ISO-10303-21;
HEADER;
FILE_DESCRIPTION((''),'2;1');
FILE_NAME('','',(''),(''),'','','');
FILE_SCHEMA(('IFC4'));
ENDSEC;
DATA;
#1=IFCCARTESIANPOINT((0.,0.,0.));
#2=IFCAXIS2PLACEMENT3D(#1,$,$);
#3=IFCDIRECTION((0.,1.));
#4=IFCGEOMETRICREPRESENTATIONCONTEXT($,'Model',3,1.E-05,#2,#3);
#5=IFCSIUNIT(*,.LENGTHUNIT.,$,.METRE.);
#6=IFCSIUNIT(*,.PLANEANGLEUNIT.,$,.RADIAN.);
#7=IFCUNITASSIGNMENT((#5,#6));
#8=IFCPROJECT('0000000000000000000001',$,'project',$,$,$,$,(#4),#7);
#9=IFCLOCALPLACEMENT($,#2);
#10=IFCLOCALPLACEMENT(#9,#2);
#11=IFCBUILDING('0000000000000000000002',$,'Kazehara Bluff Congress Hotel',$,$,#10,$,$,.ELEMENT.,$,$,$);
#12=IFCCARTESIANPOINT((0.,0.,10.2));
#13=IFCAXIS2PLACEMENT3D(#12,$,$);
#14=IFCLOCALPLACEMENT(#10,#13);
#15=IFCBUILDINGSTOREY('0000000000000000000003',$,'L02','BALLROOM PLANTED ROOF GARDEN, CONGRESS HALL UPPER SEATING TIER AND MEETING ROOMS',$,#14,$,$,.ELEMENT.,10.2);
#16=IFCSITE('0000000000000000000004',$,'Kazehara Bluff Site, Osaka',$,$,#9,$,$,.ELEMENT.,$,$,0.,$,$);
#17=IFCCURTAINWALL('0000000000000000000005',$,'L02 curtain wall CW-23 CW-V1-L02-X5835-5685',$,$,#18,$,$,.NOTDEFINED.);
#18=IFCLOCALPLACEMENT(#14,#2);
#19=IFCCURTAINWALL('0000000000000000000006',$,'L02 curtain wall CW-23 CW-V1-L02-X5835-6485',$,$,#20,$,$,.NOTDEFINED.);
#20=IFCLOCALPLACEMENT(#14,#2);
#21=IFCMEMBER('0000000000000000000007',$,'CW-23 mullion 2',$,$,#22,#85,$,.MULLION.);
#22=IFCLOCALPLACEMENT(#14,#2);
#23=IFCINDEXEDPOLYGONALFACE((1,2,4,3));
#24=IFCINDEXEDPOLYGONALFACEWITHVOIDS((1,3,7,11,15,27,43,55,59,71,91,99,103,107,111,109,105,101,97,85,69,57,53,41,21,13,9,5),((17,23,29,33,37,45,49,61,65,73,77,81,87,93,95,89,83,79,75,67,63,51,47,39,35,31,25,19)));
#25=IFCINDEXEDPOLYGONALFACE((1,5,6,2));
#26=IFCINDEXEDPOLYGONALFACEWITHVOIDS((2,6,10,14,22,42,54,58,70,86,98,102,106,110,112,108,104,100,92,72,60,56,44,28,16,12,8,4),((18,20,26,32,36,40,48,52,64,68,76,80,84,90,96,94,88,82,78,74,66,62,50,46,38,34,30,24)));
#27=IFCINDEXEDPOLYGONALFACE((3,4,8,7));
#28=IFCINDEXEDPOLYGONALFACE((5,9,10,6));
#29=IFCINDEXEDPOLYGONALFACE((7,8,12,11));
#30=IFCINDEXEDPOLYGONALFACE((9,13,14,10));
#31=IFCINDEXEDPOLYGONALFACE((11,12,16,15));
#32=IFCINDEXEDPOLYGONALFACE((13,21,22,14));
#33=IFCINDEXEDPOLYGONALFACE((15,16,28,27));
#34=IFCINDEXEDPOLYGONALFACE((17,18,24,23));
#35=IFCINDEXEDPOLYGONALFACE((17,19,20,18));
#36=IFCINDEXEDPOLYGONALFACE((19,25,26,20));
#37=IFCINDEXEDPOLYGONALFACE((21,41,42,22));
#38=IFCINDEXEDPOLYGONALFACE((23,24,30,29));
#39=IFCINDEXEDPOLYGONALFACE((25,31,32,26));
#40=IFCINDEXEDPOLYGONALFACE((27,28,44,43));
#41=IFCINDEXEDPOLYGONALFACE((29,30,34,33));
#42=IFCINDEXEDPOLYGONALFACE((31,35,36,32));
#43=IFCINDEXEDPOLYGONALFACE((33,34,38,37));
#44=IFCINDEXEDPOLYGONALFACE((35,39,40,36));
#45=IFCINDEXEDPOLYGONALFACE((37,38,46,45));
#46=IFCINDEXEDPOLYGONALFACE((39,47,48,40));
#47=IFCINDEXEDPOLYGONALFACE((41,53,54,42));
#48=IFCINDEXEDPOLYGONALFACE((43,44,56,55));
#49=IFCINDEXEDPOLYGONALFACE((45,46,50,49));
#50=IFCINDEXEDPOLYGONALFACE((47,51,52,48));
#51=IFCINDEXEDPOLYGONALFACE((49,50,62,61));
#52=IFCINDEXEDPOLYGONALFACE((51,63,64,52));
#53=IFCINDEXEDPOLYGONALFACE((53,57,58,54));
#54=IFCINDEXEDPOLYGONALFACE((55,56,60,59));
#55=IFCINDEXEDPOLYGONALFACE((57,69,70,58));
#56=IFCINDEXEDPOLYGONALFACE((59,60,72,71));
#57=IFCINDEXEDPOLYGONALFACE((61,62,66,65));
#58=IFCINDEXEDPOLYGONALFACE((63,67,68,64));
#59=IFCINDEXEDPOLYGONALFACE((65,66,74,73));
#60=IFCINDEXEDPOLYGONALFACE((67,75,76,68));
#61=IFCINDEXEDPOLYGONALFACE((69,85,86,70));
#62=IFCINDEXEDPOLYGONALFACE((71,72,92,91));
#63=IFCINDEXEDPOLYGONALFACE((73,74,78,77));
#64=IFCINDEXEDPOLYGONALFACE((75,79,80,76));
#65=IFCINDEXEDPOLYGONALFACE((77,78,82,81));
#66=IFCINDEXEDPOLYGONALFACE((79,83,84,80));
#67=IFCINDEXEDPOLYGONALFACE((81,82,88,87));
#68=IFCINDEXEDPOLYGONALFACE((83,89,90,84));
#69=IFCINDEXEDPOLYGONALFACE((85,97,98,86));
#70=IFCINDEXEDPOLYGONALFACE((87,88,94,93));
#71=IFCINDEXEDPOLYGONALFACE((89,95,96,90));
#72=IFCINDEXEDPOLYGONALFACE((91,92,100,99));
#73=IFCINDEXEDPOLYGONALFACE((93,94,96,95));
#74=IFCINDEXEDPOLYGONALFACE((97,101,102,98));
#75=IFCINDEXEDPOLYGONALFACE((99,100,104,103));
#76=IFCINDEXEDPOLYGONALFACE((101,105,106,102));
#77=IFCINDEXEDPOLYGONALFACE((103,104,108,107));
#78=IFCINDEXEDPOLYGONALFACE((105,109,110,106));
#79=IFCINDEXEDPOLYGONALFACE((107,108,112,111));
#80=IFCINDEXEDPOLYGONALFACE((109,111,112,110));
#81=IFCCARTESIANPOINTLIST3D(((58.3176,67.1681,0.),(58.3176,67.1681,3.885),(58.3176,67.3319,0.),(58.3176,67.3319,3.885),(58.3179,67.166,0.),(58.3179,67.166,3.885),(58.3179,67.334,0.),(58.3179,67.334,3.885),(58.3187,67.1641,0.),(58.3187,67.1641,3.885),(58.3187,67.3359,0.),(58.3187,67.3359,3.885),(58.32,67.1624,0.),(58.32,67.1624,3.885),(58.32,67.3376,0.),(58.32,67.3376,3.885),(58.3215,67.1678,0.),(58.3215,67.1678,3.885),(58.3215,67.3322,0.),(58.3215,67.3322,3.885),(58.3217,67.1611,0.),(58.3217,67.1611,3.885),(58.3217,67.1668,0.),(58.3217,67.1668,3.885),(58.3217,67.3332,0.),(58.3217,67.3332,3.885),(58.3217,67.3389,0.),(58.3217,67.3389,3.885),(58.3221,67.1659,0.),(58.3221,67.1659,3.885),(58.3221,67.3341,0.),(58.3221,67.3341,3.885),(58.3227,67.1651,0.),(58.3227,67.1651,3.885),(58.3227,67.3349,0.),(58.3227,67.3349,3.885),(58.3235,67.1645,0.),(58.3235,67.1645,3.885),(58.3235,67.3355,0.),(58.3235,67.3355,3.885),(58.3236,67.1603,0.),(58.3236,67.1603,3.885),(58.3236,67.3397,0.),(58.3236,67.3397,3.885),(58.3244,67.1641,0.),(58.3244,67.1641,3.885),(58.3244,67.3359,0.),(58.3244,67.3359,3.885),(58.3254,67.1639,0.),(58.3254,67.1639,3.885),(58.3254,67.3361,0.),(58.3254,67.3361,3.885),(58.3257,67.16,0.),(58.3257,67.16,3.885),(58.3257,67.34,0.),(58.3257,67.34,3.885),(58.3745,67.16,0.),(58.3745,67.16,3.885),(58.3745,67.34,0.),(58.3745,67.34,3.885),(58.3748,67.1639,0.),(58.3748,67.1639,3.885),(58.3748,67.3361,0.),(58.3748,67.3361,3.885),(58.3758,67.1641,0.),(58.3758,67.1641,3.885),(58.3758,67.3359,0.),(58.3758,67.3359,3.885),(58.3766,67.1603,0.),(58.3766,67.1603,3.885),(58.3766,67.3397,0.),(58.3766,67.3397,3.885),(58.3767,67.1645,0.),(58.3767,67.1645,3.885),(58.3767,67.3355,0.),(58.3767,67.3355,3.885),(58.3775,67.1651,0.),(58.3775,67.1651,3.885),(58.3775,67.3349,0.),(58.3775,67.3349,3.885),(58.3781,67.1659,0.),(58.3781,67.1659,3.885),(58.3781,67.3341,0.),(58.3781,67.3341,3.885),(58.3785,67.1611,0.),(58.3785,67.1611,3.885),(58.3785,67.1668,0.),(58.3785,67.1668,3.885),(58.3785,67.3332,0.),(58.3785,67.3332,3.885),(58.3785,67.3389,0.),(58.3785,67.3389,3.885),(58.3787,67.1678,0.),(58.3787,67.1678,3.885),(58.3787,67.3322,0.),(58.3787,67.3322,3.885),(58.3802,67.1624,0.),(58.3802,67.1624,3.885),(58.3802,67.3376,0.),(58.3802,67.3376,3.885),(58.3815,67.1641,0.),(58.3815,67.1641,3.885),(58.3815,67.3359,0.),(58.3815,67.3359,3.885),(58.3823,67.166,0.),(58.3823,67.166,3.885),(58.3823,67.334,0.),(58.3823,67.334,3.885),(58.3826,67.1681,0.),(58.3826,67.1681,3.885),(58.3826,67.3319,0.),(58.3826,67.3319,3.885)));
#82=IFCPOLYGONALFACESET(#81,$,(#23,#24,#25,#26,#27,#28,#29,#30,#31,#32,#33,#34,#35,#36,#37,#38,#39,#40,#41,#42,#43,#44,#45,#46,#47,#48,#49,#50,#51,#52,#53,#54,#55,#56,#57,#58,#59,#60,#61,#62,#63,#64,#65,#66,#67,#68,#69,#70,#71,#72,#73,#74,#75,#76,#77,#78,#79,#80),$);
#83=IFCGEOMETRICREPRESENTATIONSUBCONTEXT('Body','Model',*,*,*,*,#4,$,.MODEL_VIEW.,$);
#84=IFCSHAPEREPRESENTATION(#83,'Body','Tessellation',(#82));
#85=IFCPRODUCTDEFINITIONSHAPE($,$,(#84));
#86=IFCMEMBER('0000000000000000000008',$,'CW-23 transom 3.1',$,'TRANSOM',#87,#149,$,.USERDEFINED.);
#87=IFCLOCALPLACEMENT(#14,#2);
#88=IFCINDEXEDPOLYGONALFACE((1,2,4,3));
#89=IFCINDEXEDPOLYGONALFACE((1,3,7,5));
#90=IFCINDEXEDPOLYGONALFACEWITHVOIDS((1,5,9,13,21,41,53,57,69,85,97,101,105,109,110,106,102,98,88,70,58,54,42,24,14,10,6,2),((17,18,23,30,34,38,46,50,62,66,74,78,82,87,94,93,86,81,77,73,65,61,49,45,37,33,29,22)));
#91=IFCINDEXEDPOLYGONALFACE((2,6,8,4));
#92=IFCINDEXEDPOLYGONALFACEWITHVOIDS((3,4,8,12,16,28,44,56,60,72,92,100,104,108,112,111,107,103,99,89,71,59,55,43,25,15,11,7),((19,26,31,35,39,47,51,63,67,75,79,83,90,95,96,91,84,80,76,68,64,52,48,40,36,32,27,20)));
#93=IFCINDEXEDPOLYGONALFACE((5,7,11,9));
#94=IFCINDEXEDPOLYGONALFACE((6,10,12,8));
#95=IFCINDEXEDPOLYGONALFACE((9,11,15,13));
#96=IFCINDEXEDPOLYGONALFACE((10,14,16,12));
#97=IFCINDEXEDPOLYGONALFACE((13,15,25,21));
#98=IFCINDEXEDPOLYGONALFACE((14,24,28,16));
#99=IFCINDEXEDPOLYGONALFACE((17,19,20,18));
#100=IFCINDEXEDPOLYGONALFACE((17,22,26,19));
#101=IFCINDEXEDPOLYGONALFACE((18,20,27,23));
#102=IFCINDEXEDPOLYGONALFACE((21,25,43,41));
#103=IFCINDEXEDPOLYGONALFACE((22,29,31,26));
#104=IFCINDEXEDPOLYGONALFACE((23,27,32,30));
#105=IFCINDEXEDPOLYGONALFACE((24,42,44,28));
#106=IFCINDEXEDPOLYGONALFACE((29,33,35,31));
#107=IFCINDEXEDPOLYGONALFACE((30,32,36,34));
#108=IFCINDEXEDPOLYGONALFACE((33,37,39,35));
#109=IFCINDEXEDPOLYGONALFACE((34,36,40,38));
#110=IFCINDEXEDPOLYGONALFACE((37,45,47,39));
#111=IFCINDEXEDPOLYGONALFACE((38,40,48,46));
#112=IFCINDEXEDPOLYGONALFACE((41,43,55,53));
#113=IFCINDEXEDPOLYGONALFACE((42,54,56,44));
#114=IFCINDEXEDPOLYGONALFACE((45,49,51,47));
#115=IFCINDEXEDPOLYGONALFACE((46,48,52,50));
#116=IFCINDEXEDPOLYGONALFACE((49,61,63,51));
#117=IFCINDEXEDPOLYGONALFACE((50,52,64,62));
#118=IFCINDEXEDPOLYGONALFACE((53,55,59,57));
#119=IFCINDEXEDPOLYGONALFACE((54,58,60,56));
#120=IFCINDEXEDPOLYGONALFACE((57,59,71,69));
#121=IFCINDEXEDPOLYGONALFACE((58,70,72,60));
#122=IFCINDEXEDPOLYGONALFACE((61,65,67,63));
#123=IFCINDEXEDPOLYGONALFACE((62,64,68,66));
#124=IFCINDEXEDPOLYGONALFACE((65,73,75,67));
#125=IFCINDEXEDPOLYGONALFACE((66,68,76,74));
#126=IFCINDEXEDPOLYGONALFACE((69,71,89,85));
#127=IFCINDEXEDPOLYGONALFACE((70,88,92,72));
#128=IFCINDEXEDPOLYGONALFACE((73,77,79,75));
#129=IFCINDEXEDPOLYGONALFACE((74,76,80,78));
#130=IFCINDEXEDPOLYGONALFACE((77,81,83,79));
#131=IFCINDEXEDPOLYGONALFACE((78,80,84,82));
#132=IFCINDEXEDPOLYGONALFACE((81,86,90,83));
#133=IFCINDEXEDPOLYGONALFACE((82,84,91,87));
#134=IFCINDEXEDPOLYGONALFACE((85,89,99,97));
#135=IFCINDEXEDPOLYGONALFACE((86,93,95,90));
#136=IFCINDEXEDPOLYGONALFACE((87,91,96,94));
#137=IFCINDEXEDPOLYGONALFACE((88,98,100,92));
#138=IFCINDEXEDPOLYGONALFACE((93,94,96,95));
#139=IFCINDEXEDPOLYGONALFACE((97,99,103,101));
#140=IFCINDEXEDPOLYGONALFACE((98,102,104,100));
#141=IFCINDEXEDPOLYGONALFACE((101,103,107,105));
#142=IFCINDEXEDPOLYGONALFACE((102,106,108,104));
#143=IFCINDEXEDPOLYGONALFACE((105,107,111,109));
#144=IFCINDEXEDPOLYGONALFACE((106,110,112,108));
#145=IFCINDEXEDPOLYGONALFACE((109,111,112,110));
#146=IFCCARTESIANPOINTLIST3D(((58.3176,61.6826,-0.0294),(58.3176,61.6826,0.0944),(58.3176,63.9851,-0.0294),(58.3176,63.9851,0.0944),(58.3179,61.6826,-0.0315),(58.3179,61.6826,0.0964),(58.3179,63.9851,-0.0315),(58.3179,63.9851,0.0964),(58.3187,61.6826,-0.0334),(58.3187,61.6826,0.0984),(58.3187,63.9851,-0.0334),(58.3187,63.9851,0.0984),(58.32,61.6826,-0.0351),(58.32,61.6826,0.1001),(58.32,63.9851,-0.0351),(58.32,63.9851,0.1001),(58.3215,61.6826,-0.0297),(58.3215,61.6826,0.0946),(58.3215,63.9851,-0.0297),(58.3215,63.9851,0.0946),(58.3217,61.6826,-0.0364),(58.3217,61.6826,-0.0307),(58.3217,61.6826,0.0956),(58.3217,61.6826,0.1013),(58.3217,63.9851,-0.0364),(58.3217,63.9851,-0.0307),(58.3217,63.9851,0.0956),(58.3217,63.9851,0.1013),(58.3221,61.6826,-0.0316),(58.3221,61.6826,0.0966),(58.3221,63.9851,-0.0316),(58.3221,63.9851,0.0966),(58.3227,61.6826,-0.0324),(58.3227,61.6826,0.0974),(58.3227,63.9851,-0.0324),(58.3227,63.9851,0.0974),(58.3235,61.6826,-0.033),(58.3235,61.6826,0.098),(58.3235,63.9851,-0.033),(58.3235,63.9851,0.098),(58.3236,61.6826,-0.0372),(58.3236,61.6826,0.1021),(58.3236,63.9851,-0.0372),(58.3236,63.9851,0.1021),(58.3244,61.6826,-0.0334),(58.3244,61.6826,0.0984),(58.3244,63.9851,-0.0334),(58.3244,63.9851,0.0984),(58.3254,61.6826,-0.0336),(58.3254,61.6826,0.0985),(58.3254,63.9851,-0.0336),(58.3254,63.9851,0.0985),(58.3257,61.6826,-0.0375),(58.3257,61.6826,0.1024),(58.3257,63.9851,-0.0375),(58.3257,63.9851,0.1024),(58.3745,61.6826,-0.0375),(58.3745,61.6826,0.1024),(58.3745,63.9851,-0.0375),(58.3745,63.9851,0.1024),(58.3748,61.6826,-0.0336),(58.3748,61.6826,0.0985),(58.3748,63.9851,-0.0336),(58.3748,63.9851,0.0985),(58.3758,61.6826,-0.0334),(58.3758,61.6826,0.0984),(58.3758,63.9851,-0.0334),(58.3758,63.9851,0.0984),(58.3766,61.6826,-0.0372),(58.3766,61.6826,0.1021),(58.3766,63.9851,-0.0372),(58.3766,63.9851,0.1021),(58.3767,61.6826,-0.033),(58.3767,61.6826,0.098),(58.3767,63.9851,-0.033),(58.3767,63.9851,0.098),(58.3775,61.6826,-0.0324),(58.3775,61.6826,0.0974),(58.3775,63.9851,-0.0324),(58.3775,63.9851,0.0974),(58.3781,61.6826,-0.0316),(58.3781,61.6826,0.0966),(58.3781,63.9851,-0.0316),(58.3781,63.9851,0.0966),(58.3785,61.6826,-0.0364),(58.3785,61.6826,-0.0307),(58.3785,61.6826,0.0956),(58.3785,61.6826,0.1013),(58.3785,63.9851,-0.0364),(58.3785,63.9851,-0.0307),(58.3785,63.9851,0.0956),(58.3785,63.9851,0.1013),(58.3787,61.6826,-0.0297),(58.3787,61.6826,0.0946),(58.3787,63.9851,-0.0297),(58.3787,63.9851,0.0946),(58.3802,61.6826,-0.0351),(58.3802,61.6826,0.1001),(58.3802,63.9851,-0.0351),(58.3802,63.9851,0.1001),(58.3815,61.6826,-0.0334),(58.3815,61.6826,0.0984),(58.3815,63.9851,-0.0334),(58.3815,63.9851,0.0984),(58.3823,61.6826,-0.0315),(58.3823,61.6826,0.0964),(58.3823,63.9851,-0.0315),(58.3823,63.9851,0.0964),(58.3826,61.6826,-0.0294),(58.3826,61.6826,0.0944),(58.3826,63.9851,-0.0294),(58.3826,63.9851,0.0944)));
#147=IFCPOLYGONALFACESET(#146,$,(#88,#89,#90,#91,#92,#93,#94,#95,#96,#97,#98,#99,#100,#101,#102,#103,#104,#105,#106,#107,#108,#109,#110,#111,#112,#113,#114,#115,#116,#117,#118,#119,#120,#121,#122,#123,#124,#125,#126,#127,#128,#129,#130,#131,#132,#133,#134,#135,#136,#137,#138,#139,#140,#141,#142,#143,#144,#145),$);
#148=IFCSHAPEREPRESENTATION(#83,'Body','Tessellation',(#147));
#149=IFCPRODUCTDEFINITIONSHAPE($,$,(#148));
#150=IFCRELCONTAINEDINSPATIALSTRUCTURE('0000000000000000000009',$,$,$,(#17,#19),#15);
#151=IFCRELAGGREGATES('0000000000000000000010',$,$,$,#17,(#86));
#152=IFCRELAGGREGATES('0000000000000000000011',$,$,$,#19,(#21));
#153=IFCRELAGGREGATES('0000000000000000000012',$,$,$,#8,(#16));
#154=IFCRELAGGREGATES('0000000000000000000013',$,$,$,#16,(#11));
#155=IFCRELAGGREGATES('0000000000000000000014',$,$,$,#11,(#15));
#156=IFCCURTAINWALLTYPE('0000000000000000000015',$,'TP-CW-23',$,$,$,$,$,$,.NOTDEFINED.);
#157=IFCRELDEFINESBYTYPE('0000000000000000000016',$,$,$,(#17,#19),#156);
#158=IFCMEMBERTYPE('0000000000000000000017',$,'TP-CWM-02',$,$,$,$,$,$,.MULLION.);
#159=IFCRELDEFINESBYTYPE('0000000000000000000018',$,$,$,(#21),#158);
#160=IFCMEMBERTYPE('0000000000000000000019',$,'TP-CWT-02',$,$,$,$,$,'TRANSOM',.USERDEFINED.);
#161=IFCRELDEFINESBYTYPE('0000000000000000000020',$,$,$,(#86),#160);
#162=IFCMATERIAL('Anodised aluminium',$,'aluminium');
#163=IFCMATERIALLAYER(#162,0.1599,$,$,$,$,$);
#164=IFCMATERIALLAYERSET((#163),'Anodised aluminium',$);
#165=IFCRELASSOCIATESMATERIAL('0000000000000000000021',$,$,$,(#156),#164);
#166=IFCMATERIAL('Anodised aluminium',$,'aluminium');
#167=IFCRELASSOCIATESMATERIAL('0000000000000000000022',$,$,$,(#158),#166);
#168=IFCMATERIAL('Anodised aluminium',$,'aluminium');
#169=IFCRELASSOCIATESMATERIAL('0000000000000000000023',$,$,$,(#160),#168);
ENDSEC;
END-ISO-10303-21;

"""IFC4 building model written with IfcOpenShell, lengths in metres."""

from ifc_helpers import new_model, si_unit, direction, frame, origin, origin_2d, place, context, subcontext, project, spatial, hollow_rectangle, extrude, material, layer, layer_set, material_profile, profile_set, type_object, element, aggregate, save


model = new_model("IFC4")

# Units and contexts
model_context = context("Model", 3, precision=1e-05, world=origin(), true_north=direction((0.0, 1.0)))
body_context = subcontext(model_context, "Body", "Model", "MODEL_VIEW")
ifc_project = project(units=[si_unit("LENGTHUNIT", "METRE"), si_unit("PLANEANGLEUNIT", "RADIAN")], contexts=[model_context])

# Site, building, storey
site_placement = place(None, origin())
site = spatial("IfcSite", under=ifc_project, at=site_placement, Name="Kazehara Bluff Site, Osaka", CompositionType="ELEMENT", RefElevation=0.0)
building_placement = place(site_placement, origin())
building = spatial("IfcBuilding", under=site, at=building_placement, Name="Kazehara Bluff Congress Hotel", CompositionType="ELEMENT")
storey_placement = place(building_placement, frame((0.0, 0.0, 10.2)))
storey = spatial("IfcBuildingStorey", under=building, at=storey_placement, Name="L02", Description="BALLROOM PLANTED ROOF GARDEN, CONGRESS HALL UPPER SEATING TIER AND MEETING ROOMS", CompositionType="ELEMENT", Elevation=10.2)

# Curtain walls, member
ifc_material_1 = material(Name="Anodised aluminium", Category="aluminium")
ifc_layer_1 = layer(ifc_material_1, 0.1599)
ifc_layer_set_1 = layer_set([ifc_layer_1], Name="Anodised aluminium")
curtain_wall_type = type_object("IfcCurtainWallType", Name="TP-CW-23", PredefinedType="NOTDEFINED", material=ifc_layer_set_1)
curtain_wall_1_placement = place(storey_placement, origin())
curtain_wall_1 = element("IfcCurtainWall", 1, at=curtain_wall_1_placement, inside=storey, type_object=curtain_wall_type, Name="L02 curtain wall CW-23 CW-V1-L02-X5835-5685", PredefinedType="NOTDEFINED")
ifc_material_2 = material(Name="Anodised aluminium", Category="aluminium")
ifc_material_profile_1 = material_profile(ifc_material_2, hollow_rectangle(XDim=0.0649, YDim=0.1799, WallThickness=0.0039, InnerFilletRadius=0.0039, OuterFilletRadius=0.0081, at=origin_2d()))
ifc_profile_set_1 = profile_set([ifc_material_profile_1], Name="Anodised aluminium")
member_type_1 = type_object("IfcMemberType", Name="TP-CWM-02", PredefinedType="MULLION", material=ifc_profile_set_1)
curtain_wall_2_placement = place(storey_placement, origin())
curtain_wall_2 = element("IfcCurtainWall", 2, at=curtain_wall_2_placement, inside=storey, type_object=curtain_wall_type, Name="L02 curtain wall CW-23 CW-V1-L02-X5835-6485", PredefinedType="NOTDEFINED")
member_1_placement = place(storey_placement, frame((58.3501, 67.25, 0.0), z_axis=(0.0, 0.0, 1.0), x_axis=(-1.0, 0.0, 0.0)))
member_1 = element("IfcMember", 3, at=member_1_placement, type_object=member_type_1, Name="CW-23 mullion 2", PredefinedType="MULLION", context=body_context, shape_type="SweptSolid", body=[
    extrude(hollow_rectangle(XDim=0.0649, YDim=0.1799, WallThickness=0.0039, InnerFilletRadius=0.0039, OuterFilletRadius=0.0081, at=origin_2d()), origin(), (0.0, 0.0, 1.0), 3.885),
])

# Member
ifc_material_3 = material(Name="Anodised aluminium", Category="aluminium")
ifc_material_profile_2 = material_profile(ifc_material_3, hollow_rectangle(XDim=0.0649, YDim=0.1399, WallThickness=0.0039, InnerFilletRadius=0.0039, OuterFilletRadius=0.0081, at=origin_2d()))
ifc_profile_set_2 = profile_set([ifc_material_profile_2], Name="Anodised aluminium")
member_type_2 = type_object("IfcMemberType", Name="TP-CWT-02", ElementType="TRANSOM", PredefinedType="USERDEFINED", material=ifc_profile_set_2)
member_2_placement = place(storey_placement, frame((58.3501, 61.6826, 0.0325), z_axis=(0.0, 1.0, 0.0), x_axis=(-1.0, 0.0, 0.0)))
member_2 = element("IfcMember", 4, at=member_2_placement, type_object=member_type_2, Name="CW-23 transom 3.1", ObjectType="TRANSOM", PredefinedType="USERDEFINED", context=body_context, shape_type="SweptSolid", body=[
    extrude(hollow_rectangle(XDim=0.0649, YDim=0.1399, WallThickness=0.0039, InnerFilletRadius=0.0039, OuterFilletRadius=0.0081, at=origin_2d()), origin(), (0.0, 0.0, 1.0), 2.3025),
])

aggregate(curtain_wall_1, [member_2])
aggregate(curtain_wall_2, [member_1])

save(model, "model.ifc")
